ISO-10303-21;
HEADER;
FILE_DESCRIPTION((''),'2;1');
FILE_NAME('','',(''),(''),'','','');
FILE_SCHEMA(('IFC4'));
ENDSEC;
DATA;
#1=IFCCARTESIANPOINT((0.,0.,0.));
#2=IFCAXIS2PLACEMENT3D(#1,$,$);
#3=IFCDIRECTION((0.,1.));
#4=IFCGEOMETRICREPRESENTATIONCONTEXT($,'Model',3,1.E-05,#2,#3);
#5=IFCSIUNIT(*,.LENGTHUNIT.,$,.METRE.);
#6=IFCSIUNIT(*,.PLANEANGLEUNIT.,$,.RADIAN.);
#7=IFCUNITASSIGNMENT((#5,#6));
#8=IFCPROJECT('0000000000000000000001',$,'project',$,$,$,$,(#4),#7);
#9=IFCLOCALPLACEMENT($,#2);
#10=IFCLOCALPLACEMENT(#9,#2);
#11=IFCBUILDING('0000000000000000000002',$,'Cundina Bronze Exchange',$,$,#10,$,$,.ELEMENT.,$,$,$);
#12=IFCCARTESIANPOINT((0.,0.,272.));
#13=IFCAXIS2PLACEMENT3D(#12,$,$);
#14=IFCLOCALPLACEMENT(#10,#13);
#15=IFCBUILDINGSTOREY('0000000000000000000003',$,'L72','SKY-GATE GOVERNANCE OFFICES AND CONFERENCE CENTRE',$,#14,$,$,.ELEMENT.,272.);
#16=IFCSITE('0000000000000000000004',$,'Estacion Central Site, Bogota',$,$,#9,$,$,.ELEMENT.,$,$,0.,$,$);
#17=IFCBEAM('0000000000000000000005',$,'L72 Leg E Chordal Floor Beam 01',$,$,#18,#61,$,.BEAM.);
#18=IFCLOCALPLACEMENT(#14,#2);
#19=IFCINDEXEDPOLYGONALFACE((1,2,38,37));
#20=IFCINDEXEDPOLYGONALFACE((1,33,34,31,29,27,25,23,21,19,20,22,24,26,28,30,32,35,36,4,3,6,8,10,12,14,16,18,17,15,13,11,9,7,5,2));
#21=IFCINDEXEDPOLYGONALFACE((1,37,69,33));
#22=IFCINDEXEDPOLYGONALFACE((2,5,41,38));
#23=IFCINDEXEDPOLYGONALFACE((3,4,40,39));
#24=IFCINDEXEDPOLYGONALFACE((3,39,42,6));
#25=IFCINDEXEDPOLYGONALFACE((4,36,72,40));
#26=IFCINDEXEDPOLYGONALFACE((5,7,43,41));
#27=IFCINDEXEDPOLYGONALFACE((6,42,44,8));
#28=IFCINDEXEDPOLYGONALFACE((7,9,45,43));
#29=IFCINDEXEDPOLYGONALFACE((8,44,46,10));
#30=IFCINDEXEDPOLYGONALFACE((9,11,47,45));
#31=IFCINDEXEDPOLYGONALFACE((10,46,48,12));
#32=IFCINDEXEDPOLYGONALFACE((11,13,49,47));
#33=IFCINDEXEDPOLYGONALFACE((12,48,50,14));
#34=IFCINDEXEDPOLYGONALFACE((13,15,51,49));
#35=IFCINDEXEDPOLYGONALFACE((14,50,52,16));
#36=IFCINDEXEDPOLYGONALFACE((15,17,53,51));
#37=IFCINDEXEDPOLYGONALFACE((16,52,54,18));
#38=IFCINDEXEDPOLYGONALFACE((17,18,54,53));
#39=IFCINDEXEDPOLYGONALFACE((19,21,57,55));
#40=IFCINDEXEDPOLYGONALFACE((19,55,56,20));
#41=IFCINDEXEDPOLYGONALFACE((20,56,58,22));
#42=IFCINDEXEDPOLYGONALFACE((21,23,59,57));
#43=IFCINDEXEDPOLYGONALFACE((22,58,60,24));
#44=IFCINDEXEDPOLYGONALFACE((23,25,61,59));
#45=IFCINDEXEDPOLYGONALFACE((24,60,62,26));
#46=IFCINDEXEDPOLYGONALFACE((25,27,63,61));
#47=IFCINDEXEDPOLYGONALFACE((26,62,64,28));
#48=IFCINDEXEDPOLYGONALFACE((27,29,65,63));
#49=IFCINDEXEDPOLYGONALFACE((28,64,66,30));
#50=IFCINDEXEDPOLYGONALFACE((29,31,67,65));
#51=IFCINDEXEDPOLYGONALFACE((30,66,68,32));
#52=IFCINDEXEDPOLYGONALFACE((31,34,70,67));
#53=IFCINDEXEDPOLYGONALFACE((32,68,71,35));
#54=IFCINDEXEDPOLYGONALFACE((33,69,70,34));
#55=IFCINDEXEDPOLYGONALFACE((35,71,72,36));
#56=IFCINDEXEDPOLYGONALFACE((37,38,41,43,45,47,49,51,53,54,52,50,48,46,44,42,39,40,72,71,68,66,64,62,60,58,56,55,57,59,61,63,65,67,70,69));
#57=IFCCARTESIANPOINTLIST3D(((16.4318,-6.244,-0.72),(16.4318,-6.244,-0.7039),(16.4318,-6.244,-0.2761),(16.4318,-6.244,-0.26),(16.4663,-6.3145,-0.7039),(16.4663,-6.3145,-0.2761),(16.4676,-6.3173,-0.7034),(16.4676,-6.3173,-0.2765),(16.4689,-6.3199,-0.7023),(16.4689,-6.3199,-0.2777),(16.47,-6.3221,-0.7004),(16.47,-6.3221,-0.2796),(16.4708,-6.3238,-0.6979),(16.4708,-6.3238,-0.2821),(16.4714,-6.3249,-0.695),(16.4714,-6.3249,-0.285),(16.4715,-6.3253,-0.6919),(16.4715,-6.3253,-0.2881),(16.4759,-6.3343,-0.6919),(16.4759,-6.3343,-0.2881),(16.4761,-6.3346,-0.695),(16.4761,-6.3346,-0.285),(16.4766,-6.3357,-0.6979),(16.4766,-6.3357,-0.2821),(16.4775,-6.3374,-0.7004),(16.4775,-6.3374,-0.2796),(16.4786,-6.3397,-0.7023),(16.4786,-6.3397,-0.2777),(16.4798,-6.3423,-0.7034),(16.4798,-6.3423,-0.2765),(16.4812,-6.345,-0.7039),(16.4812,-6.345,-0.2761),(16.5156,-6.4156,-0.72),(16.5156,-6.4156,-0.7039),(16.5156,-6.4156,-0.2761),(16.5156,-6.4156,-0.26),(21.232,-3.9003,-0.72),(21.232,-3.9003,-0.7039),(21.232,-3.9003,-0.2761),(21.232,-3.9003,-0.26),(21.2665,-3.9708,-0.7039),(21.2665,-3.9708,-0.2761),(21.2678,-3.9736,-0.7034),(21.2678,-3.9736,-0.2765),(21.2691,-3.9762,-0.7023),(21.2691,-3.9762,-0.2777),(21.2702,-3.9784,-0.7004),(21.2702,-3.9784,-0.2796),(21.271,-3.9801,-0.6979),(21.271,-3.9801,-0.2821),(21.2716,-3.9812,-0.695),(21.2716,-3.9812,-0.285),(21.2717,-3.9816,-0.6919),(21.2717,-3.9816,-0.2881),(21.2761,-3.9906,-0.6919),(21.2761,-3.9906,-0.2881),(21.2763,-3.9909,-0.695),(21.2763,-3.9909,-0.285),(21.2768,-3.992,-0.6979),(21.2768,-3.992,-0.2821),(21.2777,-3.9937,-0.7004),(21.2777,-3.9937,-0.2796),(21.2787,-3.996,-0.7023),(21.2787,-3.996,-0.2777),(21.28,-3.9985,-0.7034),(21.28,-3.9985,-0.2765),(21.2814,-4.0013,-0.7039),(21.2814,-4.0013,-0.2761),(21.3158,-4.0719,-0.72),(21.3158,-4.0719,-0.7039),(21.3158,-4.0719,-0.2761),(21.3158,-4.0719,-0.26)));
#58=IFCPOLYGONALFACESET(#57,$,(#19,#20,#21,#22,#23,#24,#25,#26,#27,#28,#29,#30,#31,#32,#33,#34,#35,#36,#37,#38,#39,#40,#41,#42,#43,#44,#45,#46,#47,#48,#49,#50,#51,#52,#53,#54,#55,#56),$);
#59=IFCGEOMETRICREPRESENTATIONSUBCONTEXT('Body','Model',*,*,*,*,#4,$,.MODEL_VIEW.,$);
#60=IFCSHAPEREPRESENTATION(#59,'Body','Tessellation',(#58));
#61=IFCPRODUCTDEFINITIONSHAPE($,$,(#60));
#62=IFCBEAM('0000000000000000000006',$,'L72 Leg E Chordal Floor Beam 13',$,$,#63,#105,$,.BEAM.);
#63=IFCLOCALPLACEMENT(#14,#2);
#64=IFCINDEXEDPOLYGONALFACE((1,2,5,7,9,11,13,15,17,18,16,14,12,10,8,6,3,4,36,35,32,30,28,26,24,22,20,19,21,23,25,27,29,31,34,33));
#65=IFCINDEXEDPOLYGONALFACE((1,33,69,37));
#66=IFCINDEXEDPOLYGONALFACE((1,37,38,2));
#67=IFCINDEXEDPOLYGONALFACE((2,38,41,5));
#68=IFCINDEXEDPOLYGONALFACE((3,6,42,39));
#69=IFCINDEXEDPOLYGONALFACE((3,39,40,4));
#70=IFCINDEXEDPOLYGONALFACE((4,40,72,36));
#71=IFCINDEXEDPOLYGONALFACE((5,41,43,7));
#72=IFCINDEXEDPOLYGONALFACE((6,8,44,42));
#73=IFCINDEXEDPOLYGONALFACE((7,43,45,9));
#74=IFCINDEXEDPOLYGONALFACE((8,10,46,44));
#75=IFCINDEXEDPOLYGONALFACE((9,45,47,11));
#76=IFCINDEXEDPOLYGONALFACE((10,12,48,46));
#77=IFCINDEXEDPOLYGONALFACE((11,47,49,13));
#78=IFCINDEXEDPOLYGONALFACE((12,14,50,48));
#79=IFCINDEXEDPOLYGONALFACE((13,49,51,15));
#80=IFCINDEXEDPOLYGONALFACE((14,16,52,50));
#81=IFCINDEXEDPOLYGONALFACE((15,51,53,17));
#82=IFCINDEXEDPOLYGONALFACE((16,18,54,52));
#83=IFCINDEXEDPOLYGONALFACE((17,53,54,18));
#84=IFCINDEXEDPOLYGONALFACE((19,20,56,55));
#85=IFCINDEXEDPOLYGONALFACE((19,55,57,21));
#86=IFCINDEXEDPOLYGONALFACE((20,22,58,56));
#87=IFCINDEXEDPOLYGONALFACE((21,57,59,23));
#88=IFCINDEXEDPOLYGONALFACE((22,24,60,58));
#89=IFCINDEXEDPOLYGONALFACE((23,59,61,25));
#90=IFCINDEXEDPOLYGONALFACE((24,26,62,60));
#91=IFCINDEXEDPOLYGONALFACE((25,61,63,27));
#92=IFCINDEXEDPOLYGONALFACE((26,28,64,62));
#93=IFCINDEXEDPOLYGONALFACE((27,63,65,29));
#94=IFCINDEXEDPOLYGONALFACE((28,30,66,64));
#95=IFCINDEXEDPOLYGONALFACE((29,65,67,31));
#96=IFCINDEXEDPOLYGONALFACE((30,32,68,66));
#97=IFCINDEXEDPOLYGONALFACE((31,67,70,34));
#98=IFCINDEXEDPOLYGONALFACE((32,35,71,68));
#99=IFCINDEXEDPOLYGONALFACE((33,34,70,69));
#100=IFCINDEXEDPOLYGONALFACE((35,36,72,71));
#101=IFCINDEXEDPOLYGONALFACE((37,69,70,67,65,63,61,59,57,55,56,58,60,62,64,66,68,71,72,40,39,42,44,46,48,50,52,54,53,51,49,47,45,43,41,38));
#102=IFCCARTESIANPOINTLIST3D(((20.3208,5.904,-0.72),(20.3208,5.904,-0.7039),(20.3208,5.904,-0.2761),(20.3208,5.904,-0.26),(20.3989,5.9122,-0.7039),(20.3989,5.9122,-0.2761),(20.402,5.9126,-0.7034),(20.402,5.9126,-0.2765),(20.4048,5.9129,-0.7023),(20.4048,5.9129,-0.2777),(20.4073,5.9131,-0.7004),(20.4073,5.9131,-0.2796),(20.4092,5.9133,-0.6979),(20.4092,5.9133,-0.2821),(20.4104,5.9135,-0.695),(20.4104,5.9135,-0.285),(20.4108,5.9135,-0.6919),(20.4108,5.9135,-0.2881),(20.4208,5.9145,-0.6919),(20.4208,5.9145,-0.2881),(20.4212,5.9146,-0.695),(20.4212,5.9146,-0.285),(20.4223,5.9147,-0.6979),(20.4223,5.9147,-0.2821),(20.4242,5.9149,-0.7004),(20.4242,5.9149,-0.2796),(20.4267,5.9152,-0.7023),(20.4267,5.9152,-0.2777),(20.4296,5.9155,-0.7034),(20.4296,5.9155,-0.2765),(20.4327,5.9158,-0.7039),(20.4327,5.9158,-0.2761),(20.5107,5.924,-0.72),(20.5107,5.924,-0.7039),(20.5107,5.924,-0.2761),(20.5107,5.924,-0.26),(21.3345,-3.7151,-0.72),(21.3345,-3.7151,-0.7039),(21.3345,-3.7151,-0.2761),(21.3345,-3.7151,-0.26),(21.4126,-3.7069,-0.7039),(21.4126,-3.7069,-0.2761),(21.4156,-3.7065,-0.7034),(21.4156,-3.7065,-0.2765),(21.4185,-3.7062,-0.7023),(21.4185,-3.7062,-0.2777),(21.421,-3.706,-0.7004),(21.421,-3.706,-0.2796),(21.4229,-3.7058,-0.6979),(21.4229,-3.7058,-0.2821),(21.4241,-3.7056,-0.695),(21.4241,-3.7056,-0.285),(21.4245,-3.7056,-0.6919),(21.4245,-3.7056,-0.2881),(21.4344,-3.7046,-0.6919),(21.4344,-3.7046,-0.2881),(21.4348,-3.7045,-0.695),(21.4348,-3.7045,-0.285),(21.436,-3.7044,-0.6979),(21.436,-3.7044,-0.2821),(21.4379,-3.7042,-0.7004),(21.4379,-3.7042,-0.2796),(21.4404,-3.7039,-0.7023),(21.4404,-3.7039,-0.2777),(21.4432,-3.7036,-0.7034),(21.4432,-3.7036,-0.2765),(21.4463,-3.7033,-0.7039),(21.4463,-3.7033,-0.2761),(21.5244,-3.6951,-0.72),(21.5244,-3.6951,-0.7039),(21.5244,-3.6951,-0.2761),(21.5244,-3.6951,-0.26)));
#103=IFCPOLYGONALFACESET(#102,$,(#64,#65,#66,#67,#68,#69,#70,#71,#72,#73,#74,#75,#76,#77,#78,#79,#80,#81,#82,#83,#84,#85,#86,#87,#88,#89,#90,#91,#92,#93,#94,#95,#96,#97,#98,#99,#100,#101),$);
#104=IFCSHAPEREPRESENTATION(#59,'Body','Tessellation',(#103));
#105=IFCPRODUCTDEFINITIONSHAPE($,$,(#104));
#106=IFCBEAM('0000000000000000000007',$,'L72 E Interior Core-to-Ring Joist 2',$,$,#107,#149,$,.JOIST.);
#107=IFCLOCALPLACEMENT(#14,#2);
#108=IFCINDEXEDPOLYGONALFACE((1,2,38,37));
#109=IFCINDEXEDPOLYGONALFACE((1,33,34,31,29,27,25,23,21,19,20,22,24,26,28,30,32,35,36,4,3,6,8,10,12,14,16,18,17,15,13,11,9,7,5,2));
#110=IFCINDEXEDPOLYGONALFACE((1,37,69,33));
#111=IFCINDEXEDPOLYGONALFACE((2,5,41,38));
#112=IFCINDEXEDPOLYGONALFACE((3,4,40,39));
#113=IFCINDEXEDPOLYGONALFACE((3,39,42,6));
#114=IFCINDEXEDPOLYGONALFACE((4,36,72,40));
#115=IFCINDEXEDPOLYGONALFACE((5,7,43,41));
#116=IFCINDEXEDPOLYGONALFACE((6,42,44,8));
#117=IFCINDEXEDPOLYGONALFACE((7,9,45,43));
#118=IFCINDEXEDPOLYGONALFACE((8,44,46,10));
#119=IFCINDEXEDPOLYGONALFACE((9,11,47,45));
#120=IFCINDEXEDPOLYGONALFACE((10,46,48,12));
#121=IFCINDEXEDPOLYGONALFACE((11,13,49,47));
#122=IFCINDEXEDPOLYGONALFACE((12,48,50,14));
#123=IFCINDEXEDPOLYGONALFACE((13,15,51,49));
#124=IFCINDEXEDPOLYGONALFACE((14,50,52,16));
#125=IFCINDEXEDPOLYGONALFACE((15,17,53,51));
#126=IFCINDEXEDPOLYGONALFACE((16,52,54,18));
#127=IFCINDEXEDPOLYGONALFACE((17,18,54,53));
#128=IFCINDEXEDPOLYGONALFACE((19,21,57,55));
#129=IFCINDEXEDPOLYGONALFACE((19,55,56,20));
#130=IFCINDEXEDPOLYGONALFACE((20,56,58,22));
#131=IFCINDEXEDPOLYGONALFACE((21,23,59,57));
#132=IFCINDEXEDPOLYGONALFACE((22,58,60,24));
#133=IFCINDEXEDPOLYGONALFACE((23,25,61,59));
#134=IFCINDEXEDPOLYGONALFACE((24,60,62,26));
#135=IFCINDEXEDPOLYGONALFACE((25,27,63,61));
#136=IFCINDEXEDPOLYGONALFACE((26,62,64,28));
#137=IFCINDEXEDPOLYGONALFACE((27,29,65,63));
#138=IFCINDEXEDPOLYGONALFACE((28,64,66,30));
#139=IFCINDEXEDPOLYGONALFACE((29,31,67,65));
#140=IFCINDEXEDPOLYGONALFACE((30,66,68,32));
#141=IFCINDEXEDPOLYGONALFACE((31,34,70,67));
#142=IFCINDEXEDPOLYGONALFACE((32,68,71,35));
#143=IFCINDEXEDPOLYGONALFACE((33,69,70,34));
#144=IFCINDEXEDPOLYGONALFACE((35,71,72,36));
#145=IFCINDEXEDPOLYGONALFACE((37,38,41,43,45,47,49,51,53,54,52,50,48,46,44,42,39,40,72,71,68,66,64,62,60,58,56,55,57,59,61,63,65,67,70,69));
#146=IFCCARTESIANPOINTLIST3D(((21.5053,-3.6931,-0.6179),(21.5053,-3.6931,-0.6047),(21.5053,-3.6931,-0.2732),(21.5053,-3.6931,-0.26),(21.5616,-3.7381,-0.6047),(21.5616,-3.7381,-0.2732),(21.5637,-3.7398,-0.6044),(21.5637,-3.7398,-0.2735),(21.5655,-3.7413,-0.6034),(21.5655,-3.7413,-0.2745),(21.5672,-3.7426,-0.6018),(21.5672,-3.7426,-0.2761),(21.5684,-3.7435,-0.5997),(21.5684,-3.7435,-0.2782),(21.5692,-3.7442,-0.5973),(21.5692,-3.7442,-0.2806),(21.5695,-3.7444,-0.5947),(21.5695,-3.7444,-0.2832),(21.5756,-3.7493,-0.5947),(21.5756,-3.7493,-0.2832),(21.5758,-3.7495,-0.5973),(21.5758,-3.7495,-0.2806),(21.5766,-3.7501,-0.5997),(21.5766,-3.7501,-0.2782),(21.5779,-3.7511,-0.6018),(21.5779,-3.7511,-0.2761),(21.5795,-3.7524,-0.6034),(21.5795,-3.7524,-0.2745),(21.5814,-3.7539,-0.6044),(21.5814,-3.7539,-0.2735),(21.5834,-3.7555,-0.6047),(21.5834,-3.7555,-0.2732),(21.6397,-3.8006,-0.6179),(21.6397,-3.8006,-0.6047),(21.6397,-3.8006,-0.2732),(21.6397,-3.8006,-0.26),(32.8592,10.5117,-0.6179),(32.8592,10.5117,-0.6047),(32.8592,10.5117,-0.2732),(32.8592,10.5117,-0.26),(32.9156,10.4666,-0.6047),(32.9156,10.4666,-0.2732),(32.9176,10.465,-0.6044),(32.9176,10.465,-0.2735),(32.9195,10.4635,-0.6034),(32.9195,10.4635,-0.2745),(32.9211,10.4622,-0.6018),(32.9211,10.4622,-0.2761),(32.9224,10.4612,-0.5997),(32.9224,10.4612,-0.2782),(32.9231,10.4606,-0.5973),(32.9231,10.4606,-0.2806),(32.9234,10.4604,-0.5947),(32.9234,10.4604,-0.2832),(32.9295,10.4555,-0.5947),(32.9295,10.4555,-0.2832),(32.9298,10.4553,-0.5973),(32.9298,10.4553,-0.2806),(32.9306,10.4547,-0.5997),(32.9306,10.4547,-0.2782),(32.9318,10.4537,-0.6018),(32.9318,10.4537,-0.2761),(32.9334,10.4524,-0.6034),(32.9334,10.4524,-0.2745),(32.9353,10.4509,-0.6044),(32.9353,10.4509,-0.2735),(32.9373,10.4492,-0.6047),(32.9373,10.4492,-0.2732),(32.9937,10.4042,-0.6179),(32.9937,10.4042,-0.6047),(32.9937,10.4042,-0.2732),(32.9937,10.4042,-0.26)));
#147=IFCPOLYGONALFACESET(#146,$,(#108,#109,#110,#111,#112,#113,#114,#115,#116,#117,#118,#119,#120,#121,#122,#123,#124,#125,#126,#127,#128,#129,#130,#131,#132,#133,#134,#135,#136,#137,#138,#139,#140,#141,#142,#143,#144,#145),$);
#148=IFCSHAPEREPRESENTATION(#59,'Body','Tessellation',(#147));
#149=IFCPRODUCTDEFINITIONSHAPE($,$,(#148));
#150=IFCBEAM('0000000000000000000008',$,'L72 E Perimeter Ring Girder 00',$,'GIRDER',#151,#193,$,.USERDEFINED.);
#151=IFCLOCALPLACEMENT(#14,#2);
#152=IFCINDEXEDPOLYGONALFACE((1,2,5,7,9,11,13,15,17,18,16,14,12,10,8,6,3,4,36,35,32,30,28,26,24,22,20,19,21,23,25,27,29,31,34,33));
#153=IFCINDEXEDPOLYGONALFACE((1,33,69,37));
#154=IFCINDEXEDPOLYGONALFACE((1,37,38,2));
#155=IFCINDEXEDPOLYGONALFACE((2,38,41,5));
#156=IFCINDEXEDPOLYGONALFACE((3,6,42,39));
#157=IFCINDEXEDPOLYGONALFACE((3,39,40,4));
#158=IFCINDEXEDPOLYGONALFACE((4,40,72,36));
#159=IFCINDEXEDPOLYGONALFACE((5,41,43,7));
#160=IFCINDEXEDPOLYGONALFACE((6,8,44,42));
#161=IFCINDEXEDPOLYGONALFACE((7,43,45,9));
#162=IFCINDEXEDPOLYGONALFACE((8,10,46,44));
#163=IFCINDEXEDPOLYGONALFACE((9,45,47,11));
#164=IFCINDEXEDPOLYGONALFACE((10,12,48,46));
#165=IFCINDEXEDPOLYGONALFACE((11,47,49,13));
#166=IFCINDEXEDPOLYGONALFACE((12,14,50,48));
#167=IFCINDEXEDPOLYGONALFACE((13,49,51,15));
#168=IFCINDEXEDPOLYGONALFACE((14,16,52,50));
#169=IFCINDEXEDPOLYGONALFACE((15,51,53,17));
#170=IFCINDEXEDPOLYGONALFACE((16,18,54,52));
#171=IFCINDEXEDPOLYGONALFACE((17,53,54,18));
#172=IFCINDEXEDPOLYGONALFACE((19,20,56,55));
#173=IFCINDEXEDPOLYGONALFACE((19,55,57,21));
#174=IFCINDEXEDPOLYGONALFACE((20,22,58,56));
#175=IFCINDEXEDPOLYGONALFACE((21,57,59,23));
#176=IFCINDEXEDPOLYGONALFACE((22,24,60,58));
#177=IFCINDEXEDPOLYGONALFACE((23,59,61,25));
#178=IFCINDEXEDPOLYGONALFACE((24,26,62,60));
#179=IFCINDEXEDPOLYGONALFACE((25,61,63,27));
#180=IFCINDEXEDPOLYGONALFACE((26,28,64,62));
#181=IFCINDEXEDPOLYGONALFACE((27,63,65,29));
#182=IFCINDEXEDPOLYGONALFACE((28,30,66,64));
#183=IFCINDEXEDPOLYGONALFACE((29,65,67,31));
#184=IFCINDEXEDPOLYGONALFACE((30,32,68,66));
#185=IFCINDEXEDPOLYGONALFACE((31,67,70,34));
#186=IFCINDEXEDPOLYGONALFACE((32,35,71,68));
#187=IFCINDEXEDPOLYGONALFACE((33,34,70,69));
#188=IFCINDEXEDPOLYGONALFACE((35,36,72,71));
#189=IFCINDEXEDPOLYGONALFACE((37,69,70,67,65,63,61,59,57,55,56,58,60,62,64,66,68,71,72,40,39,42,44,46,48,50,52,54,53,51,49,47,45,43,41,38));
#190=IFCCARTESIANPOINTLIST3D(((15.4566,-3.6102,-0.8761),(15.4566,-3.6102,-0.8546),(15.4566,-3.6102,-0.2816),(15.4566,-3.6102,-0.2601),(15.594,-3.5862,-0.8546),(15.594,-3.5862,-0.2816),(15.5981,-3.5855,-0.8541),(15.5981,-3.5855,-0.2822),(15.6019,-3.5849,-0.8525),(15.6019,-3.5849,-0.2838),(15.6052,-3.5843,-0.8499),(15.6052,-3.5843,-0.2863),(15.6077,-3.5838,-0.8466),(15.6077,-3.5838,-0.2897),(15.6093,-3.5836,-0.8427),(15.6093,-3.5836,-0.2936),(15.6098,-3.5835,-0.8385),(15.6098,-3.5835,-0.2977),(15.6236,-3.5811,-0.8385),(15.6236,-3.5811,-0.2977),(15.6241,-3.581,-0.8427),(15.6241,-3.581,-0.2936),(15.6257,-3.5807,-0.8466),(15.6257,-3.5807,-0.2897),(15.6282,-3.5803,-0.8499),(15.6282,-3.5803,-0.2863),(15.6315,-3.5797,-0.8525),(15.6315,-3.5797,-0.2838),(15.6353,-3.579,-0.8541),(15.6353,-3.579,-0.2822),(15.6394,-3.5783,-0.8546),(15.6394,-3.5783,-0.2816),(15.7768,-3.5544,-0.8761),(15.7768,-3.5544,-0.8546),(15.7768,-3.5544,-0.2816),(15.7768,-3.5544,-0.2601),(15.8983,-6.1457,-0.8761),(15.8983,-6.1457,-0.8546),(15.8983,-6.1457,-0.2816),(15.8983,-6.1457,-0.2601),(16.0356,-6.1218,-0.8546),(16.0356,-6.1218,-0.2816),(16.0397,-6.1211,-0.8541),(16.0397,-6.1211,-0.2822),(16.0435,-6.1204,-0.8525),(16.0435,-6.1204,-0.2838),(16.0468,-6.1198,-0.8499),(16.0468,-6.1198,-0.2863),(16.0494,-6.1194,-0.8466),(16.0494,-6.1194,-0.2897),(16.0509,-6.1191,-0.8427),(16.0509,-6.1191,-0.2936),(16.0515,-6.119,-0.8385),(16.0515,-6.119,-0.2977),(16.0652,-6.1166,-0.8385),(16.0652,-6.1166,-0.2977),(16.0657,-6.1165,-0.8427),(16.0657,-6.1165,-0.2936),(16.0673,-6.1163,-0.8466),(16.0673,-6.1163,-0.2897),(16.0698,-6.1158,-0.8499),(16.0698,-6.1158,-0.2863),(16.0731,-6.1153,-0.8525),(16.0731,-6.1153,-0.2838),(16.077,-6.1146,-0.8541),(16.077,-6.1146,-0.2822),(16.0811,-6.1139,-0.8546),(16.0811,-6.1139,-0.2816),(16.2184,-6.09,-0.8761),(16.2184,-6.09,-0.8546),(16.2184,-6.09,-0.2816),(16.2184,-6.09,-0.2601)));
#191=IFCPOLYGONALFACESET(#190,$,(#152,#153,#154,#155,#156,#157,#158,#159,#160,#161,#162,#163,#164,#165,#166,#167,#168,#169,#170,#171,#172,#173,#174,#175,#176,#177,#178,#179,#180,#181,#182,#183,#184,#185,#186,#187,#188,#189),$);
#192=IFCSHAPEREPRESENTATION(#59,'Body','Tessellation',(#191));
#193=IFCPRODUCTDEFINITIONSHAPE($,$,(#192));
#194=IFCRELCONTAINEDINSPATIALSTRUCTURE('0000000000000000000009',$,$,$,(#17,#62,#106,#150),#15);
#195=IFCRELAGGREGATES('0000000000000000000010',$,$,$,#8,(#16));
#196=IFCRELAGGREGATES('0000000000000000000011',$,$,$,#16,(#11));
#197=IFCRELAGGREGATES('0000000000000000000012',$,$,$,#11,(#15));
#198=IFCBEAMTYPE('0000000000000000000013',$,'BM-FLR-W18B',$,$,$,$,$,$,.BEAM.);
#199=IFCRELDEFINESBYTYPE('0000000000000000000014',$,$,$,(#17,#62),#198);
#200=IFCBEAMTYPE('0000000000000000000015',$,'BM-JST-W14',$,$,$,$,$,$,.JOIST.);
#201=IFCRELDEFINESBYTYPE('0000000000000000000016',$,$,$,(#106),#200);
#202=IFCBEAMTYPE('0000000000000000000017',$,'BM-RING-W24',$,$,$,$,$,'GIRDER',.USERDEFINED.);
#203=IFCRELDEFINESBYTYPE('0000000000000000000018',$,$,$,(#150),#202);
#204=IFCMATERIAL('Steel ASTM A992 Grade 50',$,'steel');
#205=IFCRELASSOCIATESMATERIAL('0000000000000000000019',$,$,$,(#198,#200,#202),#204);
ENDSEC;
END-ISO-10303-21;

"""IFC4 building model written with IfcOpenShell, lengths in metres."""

from ifc_helpers import new_model, si_unit, direction, frame, origin, origin_2d, place, context, subcontext, project, spatial, i_section, extrude, material, material_profile, profile_set, type_object, element, save


model = new_model("IFC4")

# Units and contexts
model_context = context("Model", 3, precision=1e-05, world=origin(), true_north=direction((0.0, 1.0)))
body_context = subcontext(model_context, "Body", "Model", "MODEL_VIEW")
ifc_project = project(units=[si_unit("LENGTHUNIT", "METRE"), si_unit("PLANEANGLEUNIT", "RADIAN")], contexts=[model_context])

# Site, building, storey
site_placement = place(None, origin())
site = spatial("IfcSite", under=ifc_project, at=site_placement, Name="Estacion Central Site, Bogota", CompositionType="ELEMENT", RefElevation=0.0)
building_placement = place(site_placement, origin())
building = spatial("IfcBuilding", under=site, at=building_placement, Name="Cundina Bronze Exchange", CompositionType="ELEMENT")
storey_placement = place(building_placement, frame((0.0, 0.0, 272.0)))
storey = spatial("IfcBuildingStorey", under=building, at=storey_placement, Name="L72", Description="SKY-GATE GOVERNANCE OFFICES AND CONFERENCE CENTRE", CompositionType="ELEMENT", Elevation=272.0)

# Shared definitions
ifc_material_1 = material(Name="Steel ASTM A992 Grade 50", Category="steel")

# Beams
ifc_material_profile_1 = material_profile(ifc_material_1, i_section(OverallWidth=0.1909, OverallDepth=0.46, WebThickness=0.01, FlangeThickness=0.0161, FilletRadius=0.012, at=origin_2d()), Name="W18X55", Category="steel")
ifc_profile_set_1 = profile_set([ifc_material_profile_1], Name="Steel ASTM A992 Grade 50")
beam_type_1 = type_object("IfcBeamType", Name="BM-FLR-W18B", PredefinedType="BEAM", material=ifc_profile_set_1)
beam_1_placement = place(storey_placement, frame((21.2739, -3.9861, -0.49), z_axis=(-0.89861, -0.438748, 0.0), x_axis=(0.438748, -0.89861, 0.0)))
element("IfcBeam", 1, at=beam_1_placement, inside=storey, type_object=beam_type_1, Name="L72 Leg E Chordal Floor Beam 01", PredefinedType="BEAM", context=body_context, shape_type="SweptSolid", body=[
    extrude(i_section(OverallWidth=0.1909, OverallDepth=0.46, WebThickness=0.01, FlangeThickness=0.0161, FilletRadius=0.012, at=origin_2d()), origin(), (0.0, 0.0, 1.0), 5.3418),
])
beam_2_placement = place(storey_placement, frame((21.4294, -3.7051, -0.49), z_axis=(-0.1048, 0.994493, 0.0), x_axis=(-0.994493, -0.1048, 0.0)))
element("IfcBeam", 2, at=beam_2_placement, inside=storey, type_object=beam_type_1, Name="L72 Leg E Chordal Floor Beam 13", PredefinedType="BEAM", context=body_context, shape_type="SweptSolid", body=[
    extrude(i_section(OverallWidth=0.1909, OverallDepth=0.46, WebThickness=0.01, FlangeThickness=0.0161, FilletRadius=0.012, at=origin_2d()), origin(), (0.0, 0.0, 1.0), 9.6724),
])
ifc_material_profile_2 = material_profile(ifc_material_1, i_section(OverallWidth=0.1721, OverallDepth=0.3579, WebThickness=0.0078, FlangeThickness=0.0132, FilletRadius=0.01, at=origin_2d()), Name="W14X38", Category="steel")
ifc_profile_set_2 = profile_set([ifc_material_profile_2], Name="Steel ASTM A992 Grade 50")
beam_type_2 = type_object("IfcBeamType", Name="BM-JST-W14", PredefinedType="JOIST", material=ifc_profile_set_2)
beam_3_placement = place(storey_placement, frame((21.5725, -3.7468, -0.439), z_axis=(0.624364, 0.781133, 0.0), x_axis=(-0.781133, 0.624364, 0.0)))
element("IfcBeam", 3, at=beam_3_placement, inside=storey, type_object=beam_type_2, Name="L72 E Interior Core-to-Ring Joist 2", PredefinedType="JOIST", context=body_context, shape_type="SweptSolid", body=[
    extrude(i_section(OverallWidth=0.1721, OverallDepth=0.3579, WebThickness=0.0078, FlangeThickness=0.0132, FilletRadius=0.01, at=origin_2d()), origin(), (0.0, 0.0, 1.0), 18.1848),
])
ifc_material_profile_3 = material_profile(ifc_material_1, i_section(OverallWidth=0.325, OverallDepth=0.616, WebThickness=0.0139, FlangeThickness=0.0215, FilletRadius=0.0161, at=origin_2d()), Name="W24X117", Category="steel")
ifc_profile_set_3 = profile_set([ifc_material_profile_3], Name="Steel ASTM A992 Grade 50")
beam_type_3 = type_object("IfcBeamType", Name="BM-RING-W24", ElementType="GIRDER", PredefinedType="USERDEFINED", material=ifc_profile_set_3)
beam_4_placement = place(storey_placement, frame((15.6167, -3.5823, -0.5681), z_axis=(0.171593, -0.985168, 0.0), x_axis=(0.985168, 0.171593, 0.0)))
element("IfcBeam", 4, at=beam_4_placement, inside=storey, type_object=beam_type_3, Name="L72 E Perimeter Ring Girder 00", ObjectType="GIRDER", PredefinedType="USERDEFINED", context=body_context, shape_type="SweptSolid", body=[
    extrude(i_section(OverallWidth=0.325, OverallDepth=0.616, WebThickness=0.0139, FlangeThickness=0.0215, FilletRadius=0.0161, at=origin_2d()), origin(), (0.0, 0.0, 1.0), 2.5737),
])

save(model, "model.ifc")
